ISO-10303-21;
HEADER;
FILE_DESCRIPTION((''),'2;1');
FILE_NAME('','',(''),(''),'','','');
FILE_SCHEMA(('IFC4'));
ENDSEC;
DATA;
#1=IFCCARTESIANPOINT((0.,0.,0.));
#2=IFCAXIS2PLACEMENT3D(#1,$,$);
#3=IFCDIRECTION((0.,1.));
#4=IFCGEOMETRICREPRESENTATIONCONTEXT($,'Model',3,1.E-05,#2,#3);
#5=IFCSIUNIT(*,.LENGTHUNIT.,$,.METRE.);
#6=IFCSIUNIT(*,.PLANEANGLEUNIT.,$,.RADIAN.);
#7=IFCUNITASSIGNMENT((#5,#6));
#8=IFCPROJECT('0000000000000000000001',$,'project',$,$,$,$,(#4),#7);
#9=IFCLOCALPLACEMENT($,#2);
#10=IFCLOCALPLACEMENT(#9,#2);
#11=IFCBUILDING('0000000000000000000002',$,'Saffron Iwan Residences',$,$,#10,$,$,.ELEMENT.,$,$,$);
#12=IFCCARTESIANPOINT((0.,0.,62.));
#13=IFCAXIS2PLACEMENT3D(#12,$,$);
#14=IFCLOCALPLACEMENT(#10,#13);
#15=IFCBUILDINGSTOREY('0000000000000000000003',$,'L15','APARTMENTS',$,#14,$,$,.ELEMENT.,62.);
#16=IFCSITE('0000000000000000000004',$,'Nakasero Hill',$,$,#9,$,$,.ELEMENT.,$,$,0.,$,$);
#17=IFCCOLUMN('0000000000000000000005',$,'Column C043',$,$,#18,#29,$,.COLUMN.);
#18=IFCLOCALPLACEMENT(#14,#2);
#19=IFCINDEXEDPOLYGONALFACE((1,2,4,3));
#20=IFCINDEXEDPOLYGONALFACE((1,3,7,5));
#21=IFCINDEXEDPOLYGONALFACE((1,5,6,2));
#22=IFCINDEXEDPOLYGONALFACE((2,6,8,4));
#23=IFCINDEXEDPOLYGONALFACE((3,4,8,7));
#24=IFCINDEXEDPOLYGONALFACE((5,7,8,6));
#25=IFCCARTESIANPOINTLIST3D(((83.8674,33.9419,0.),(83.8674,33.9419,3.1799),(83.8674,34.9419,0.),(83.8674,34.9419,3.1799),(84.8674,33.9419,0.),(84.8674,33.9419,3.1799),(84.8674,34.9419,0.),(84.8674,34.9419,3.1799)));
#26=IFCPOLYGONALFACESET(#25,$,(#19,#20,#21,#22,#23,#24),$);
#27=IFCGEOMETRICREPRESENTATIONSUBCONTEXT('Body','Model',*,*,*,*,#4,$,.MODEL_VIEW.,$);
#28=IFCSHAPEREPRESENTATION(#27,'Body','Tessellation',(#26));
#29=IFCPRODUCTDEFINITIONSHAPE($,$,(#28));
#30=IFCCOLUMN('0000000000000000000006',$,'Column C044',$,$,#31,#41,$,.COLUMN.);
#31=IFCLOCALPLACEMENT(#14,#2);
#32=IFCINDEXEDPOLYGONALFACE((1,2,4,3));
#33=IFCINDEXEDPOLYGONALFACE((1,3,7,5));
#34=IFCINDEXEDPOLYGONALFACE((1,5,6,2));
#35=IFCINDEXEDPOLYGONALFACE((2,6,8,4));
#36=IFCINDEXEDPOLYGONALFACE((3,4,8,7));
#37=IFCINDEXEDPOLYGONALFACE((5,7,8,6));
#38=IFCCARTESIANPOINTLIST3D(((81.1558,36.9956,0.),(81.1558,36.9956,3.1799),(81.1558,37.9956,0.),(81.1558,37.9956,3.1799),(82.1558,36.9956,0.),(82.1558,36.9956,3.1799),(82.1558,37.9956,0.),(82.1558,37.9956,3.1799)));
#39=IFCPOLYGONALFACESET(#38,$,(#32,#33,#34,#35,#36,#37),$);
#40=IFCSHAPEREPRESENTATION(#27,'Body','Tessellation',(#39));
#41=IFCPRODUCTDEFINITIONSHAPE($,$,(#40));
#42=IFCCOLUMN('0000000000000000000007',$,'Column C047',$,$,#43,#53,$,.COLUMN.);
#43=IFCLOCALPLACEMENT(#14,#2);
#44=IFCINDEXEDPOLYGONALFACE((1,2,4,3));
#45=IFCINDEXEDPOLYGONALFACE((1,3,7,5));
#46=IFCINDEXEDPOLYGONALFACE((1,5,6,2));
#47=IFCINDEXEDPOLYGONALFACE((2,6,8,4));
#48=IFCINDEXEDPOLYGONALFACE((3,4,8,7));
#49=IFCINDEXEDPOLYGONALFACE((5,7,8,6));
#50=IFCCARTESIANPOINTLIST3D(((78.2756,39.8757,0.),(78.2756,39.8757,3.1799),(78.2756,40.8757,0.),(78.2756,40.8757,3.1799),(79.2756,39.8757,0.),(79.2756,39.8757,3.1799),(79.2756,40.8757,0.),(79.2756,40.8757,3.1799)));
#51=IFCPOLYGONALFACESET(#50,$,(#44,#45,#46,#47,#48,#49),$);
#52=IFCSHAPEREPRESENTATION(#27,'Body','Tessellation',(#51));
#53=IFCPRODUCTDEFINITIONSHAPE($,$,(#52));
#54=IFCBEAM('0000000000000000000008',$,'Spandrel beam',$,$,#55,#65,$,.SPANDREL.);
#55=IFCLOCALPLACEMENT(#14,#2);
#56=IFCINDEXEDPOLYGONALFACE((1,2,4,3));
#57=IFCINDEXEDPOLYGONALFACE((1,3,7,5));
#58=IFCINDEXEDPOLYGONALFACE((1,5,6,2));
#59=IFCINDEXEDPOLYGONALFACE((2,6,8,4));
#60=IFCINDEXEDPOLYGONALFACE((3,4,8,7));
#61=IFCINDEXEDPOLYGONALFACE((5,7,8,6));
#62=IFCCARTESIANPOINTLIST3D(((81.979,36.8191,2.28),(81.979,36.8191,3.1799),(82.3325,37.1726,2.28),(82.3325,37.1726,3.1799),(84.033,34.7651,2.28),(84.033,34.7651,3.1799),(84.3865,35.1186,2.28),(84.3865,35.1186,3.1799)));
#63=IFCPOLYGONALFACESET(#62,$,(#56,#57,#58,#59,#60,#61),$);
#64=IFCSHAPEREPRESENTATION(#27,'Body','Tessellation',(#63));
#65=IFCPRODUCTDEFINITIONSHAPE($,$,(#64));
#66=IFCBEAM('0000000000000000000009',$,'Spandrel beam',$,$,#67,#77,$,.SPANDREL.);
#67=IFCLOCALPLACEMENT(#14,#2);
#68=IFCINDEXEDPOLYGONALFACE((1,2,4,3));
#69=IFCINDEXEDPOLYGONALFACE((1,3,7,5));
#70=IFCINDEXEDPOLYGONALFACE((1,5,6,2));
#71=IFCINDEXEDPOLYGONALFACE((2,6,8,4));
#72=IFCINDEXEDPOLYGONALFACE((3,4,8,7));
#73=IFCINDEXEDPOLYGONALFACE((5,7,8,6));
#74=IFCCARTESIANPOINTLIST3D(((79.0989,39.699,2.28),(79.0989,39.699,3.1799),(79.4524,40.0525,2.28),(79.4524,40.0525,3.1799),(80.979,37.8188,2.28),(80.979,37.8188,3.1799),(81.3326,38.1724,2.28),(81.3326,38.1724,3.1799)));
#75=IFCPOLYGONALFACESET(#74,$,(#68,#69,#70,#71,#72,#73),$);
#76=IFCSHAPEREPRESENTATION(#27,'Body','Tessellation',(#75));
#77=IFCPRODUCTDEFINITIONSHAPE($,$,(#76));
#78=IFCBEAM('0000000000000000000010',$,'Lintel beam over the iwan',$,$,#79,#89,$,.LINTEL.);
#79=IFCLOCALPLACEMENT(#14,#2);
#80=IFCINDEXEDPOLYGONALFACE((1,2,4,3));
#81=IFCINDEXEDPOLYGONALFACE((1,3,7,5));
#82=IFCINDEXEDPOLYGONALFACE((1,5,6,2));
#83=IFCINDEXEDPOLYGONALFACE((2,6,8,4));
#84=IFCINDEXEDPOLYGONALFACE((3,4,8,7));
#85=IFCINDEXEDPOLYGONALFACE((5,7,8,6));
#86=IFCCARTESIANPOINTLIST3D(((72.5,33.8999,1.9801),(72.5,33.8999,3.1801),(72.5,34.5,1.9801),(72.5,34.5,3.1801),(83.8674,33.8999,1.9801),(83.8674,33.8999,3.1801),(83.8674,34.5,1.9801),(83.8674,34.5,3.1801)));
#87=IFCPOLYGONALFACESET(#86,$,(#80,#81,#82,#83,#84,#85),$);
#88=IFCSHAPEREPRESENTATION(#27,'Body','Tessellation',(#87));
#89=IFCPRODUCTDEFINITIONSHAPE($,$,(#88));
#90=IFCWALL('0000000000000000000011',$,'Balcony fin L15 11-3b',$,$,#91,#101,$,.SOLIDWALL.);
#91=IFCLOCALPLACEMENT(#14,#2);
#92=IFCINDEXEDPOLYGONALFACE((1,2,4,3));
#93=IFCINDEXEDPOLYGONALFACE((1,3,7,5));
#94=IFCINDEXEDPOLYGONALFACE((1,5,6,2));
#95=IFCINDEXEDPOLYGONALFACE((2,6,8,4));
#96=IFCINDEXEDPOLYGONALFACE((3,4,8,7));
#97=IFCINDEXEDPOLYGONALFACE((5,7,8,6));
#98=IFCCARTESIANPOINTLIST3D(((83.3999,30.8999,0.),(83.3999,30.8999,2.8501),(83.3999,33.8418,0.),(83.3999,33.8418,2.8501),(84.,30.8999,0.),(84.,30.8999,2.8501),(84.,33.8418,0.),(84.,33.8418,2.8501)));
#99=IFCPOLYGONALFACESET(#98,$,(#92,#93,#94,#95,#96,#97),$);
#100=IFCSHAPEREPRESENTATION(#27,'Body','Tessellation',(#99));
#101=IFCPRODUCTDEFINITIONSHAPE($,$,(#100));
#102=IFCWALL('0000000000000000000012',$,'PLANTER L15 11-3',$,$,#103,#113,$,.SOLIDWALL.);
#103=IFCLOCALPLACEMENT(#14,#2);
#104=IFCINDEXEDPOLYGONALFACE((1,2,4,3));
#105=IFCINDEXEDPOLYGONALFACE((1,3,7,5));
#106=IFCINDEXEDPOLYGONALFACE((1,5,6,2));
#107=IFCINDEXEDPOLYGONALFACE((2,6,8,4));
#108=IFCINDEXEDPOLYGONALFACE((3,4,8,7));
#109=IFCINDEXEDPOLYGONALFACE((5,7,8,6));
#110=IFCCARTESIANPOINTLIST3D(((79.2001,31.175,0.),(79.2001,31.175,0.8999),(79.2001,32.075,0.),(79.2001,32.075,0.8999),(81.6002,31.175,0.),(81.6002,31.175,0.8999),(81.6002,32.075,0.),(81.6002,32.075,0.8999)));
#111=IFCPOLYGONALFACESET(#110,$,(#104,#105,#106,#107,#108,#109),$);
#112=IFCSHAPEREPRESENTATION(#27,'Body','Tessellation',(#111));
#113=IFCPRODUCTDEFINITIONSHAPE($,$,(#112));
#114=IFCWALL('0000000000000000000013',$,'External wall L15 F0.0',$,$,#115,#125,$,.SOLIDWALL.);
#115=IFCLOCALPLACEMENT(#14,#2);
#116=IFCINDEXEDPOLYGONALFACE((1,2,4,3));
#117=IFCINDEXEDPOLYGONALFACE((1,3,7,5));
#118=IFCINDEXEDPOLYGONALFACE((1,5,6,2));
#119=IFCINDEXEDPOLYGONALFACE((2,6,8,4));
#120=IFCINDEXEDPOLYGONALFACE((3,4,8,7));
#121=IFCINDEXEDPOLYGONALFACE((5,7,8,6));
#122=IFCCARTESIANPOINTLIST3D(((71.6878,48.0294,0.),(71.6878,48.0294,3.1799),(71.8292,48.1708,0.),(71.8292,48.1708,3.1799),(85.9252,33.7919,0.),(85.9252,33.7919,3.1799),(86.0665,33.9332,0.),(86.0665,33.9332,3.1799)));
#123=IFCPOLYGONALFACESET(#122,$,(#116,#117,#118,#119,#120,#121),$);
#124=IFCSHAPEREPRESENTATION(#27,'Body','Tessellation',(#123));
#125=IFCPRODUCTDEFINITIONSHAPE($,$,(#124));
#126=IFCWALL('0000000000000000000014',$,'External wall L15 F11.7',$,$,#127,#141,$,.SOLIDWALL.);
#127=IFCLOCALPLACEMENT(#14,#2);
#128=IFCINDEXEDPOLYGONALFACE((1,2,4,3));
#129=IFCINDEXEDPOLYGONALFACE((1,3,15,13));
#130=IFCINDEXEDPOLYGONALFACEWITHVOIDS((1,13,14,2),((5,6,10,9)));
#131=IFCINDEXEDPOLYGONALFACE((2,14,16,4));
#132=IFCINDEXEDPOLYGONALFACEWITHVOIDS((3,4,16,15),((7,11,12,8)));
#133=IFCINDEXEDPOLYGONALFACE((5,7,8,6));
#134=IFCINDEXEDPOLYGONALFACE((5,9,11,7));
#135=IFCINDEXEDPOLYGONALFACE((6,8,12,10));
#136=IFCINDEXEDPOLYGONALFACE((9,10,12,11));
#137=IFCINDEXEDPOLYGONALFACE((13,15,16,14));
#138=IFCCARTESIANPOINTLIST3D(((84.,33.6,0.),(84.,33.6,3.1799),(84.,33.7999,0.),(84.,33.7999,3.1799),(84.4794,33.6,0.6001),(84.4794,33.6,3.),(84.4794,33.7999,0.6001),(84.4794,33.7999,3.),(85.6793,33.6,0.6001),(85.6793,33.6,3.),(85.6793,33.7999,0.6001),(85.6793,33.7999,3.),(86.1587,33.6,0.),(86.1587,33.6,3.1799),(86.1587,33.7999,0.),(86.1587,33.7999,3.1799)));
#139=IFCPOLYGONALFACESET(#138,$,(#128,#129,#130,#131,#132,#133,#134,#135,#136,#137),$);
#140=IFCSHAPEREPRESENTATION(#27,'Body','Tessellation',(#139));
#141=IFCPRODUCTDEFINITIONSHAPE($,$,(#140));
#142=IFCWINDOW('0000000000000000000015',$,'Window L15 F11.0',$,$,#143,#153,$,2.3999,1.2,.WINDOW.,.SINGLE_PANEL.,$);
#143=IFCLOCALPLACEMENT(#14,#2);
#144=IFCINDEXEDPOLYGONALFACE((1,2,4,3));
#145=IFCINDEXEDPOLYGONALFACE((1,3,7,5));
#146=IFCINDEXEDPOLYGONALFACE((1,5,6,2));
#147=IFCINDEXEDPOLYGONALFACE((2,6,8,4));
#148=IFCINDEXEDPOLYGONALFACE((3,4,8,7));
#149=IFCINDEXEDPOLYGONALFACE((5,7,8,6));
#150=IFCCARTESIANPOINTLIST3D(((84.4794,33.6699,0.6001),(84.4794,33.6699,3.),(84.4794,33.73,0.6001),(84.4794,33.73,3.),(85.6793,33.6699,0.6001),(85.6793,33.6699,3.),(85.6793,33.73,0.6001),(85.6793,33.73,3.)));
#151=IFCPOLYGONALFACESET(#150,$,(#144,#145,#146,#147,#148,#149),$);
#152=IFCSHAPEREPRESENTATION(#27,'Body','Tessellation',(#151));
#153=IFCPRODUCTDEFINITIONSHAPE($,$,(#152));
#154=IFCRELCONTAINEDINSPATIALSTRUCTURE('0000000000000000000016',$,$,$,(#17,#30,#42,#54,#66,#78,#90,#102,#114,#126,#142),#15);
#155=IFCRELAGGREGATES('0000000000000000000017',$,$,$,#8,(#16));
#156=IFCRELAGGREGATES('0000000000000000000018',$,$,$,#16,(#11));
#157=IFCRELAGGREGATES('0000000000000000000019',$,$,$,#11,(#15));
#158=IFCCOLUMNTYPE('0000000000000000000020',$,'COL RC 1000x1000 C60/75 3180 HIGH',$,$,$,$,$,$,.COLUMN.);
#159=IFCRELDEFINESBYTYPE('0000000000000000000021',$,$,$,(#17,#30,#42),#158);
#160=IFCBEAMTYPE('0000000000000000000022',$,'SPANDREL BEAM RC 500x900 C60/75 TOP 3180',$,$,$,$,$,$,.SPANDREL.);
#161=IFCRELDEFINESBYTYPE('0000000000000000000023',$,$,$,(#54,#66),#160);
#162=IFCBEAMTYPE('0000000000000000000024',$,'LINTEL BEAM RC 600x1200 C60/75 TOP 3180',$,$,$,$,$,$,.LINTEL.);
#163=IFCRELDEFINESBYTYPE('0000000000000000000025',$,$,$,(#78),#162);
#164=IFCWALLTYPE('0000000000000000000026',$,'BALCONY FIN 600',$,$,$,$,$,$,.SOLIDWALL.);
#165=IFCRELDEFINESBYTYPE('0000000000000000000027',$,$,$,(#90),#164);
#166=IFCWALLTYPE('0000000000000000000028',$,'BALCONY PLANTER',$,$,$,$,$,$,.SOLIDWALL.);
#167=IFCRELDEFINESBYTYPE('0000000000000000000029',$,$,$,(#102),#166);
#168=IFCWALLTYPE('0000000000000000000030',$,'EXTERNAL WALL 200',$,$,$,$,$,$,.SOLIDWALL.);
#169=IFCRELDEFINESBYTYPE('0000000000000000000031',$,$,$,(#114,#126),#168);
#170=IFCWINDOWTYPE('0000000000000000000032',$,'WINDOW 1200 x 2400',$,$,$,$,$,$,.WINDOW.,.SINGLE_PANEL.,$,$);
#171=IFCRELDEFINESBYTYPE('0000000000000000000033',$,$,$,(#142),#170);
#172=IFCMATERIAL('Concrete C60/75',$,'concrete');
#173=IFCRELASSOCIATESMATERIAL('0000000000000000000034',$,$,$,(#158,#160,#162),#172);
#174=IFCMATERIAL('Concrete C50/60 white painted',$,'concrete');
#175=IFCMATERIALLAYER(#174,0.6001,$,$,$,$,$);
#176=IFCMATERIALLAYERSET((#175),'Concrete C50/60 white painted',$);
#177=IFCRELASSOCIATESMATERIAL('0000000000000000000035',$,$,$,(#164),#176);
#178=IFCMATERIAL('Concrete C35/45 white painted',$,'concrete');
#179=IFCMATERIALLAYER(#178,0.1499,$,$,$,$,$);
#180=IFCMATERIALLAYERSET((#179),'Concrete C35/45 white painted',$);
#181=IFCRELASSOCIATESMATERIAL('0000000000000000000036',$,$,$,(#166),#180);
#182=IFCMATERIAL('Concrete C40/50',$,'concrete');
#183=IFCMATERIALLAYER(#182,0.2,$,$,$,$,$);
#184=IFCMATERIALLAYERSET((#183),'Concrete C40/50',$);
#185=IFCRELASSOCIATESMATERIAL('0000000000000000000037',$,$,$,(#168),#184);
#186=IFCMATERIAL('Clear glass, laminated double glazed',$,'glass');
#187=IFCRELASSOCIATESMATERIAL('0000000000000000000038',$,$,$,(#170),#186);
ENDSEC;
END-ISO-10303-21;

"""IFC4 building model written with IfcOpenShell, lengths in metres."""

from ifc_helpers import new_model, si_unit, direction, frame, frame_2d, origin, origin_2d, place, context, subcontext, project, spatial, rectangle, extrude, source, transform, mapped, material, layer, layer_set, material_profile, profile_set, type_object, element, fill, save


model = new_model("IFC4")

# Units and contexts
model_context = context("Model", 3, precision=1e-05, world=origin(), true_north=direction((0.0, 1.0)))
body_context = subcontext(model_context, "Body", "Model", "MODEL_VIEW")
ifc_project = project(units=[si_unit("LENGTHUNIT", "METRE"), si_unit("PLANEANGLEUNIT", "RADIAN")], contexts=[model_context])

# Site, building, storey
site_placement = place(None, origin())
site = spatial("IfcSite", under=ifc_project, at=site_placement, Name="Nakasero Hill", CompositionType="ELEMENT", RefElevation=0.0)
building_placement = place(site_placement, origin())
building = spatial("IfcBuilding", under=site, at=building_placement, Name="Saffron Iwan Residences", CompositionType="ELEMENT")
storey_placement = place(building_placement, frame((0.0, 0.0, 62.0)))
storey = spatial("IfcBuildingStorey", under=building, at=storey_placement, Name="L15", Description="APARTMENTS", CompositionType="ELEMENT", Elevation=62.0)

# Columns
ifc_material_1 = material(Name="Concrete C60/75", Category="concrete")
ifc_material_profile_1 = material_profile(ifc_material_1, rectangle(XDim=1.0, YDim=1.0, at=origin_2d()), Name="RC 1000x1000")
ifc_profile_set_1 = profile_set([ifc_material_profile_1], Name="Concrete C60/75")
column_type = type_object("IfcColumnType", Name="COL RC 1000x1000 C60/75 3180 HIGH", PredefinedType="COLUMN", material=ifc_profile_set_1)
shared_shape_1 = source(origin(), body_context, "Body", "SweptSolid", [
    extrude(rectangle(XDim=1.0, YDim=1.0, at=origin_2d()), origin(), (0.0, 0.0, 1.0), 3.1799),
])
for number, where, z_axis, x_axis, name in (
    (1, (84.3674, 34.4419, 0.0), (0.0, 0.0, 1.0), (1.0, 0.0, 0.0), "Column C043"),
    (2, (81.6558, 37.4956, 0.0), (0.0, 0.0, 1.0), (1.0, 0.0, 0.0), "Column C044"),
    (3, (78.7756, 40.3757, 0.0), (0.0, 0.0, 1.0), (1.0, 0.0, 0.0), "Column C047"),
):
    element("IfcColumn", number, at=place(storey_placement, frame(where, z_axis=z_axis, x_axis=x_axis)), inside=storey, type_object=column_type, Name=name, PredefinedType="COLUMN", context=body_context, shape_type="MappedRepresentation", body=[
        mapped(shared_shape_1, transform((0.0, 0.0, 0.0))),
    ])

# Beams
ifc_material_profile_2 = material_profile(ifc_material_1, rectangle(XDim=0.5, YDim=0.8999, at=origin_2d()), Name="RC 500x900")
ifc_profile_set_2 = profile_set([ifc_material_profile_2], Name="Concrete C60/75")
beam_type_1 = type_object("IfcBeamType", Name="SPANDREL BEAM RC 500x900 C60/75 TOP 3180", PredefinedType="SPANDREL", material=ifc_profile_set_2)
shared_shape_2 = source(origin(), body_context, "Body", "SweptSolid", [
    extrude(rectangle(XDim=0.5, YDim=0.8999, at=origin_2d()), origin(), (0.0, 0.0, 1.0), 2.9048),
])
beam_1_placement = place(storey_placement, frame((82.1558, 36.9958, 2.73), z_axis=(0.707107, -0.707107, 0.0), x_axis=(0.707107, 0.707107, 0.0)))
element("IfcBeam", 4, at=beam_1_placement, inside=storey, type_object=beam_type_1, Name="Spandrel beam", PredefinedType="SPANDREL", context=body_context, shape_type="MappedRepresentation", body=[
    mapped(shared_shape_2, transform((0.0, 0.0, 0.0))),
])
shared_shape_3 = source(origin(), body_context, "Body", "SweptSolid", [
    extrude(rectangle(XDim=0.5, YDim=0.8999, at=origin_2d()), origin(), (0.0, 0.0, 1.0), 2.6589),
])
beam_2_placement = place(storey_placement, frame((79.2756, 39.8757, 2.73), z_axis=(0.707107, -0.707107, 0.0), x_axis=(0.707107, 0.707107, 0.0)))
element("IfcBeam", 5, at=beam_2_placement, inside=storey, type_object=beam_type_1, Name="Spandrel beam", PredefinedType="SPANDREL", context=body_context, shape_type="MappedRepresentation", body=[
    mapped(shared_shape_3, transform((0.0, 0.0, 0.0))),
])
ifc_material_profile_3 = material_profile(ifc_material_1, rectangle(XDim=0.6001, YDim=1.2, at=origin_2d()), Name="RC 600x1200")
ifc_profile_set_3 = profile_set([ifc_material_profile_3], Name="Concrete C60/75")
beam_type_2 = type_object("IfcBeamType", Name="LINTEL BEAM RC 600x1200 C60/75 TOP 3180", PredefinedType="LINTEL", material=ifc_profile_set_3)
shared_shape_4 = source(origin(), body_context, "Body", "SweptSolid", [
    extrude(rectangle(XDim=0.6001, YDim=1.2, at=origin_2d()), origin(), (0.0, 0.0, 1.0), 11.3674),
])
beam_3_placement = place(storey_placement, frame((83.8674, 34.2, 2.5801), z_axis=(-1.0, 0.0, 0.0), x_axis=(0.0, -1.0, 0.0)))
element("IfcBeam", 6, at=beam_3_placement, inside=storey, type_object=beam_type_2, Name="Lintel beam over the iwan", PredefinedType="LINTEL", context=body_context, shape_type="MappedRepresentation", body=[
    mapped(shared_shape_4, transform((0.0, 0.0, 0.0))),
])

# Walls
ifc_material_2 = material(Name="Concrete C50/60 white painted", Category="concrete")
ifc_layer_1 = layer(ifc_material_2, 0.6001)
ifc_layer_set_1 = layer_set([ifc_layer_1], Name="Concrete C50/60 white painted")
wall_type_1 = type_object("IfcWallType", Name="BALCONY FIN 600", PredefinedType="SOLIDWALL", material=ifc_layer_set_1)
wall_1_placement = place(storey_placement, frame((83.7, 33.8418, 0.0), z_axis=(0.0, 0.0, 1.0), x_axis=(0.0, -1.0, 0.0)))
element("IfcWall", 7, at=wall_1_placement, inside=storey, type_object=wall_type_1, Name="Balcony fin L15 11-3b", PredefinedType="SOLIDWALL", context=body_context, shape_type="SweptSolid", body=[
    extrude(rectangle(XDim=2.9419, YDim=0.6001, at=frame_2d((1.4709, 0.0))), origin(), (0.0, 0.0, 1.0), 2.8501),
])
ifc_material_3 = material(Name="Concrete C35/45 white painted", Category="concrete")
ifc_layer_2 = layer(ifc_material_3, 0.1499)
ifc_layer_set_2 = layer_set([ifc_layer_2], Name="Concrete C35/45 white painted")
wall_type_2 = type_object("IfcWallType", Name="BALCONY PLANTER", PredefinedType="SOLIDWALL", material=ifc_layer_set_2)
wall_2_placement = place(storey_placement, frame((79.2, 31.625, 0.0), z_axis=(0.0, 0.0, 1.0), x_axis=(1.0, 0.0, 0.0)))
element("IfcWall", 8, at=wall_2_placement, inside=storey, type_object=wall_type_2, Name="PLANTER L15 11-3", PredefinedType="SOLIDWALL", context=body_context, shape_type="SweptSolid", body=[
    extrude(rectangle(XDim=2.4001, YDim=0.8999, at=frame_2d((1.2002, 0.0))), origin(), (0.0, 0.0, 1.0), 0.8999),
])
ifc_material_4 = material(Name="Concrete C40/50", Category="concrete")
ifc_layer_3 = layer(ifc_material_4, 0.2)
ifc_layer_set_3 = layer_set([ifc_layer_3], Name="Concrete C40/50")
wall_type_3 = type_object("IfcWallType", Name="EXTERNAL WALL 200", PredefinedType="SOLIDWALL", material=ifc_layer_set_3)
wall_3_placement = place(storey_placement, frame((85.9958, 33.8625, 0.0), z_axis=(0.0, 0.0, 1.0), x_axis=(-0.707101, 0.707113, 0.0)))
element("IfcWall", 9, at=wall_3_placement, inside=storey, type_object=wall_type_3, Name="External wall L15 F0.0", PredefinedType="SOLIDWALL", context=body_context, shape_type="SweptSolid", body=[
    extrude(rectangle(XDim=20.1348, YDim=0.2, at=frame_2d((10.0674, 0.0))), origin(), (0.0, 0.0, 1.0), 3.1799),
])

# Wall, opening, window
wall_4_placement = place(storey_placement, frame((84.0, 33.7, 0.0), z_axis=(0.0, 0.0, 1.0), x_axis=(1.0, 0.0, 0.0)))
wall_4 = element("IfcWall", 10, at=wall_4_placement, inside=storey, type_object=wall_type_3, Name="External wall L15 F11.7", PredefinedType="SOLIDWALL", context=body_context, shape_type="SweptSolid", body=[
    extrude(rectangle(XDim=2.1587, YDim=0.2, at=frame_2d((1.0793, 0.0))), origin(), (0.0, 0.0, 1.0), 3.1799),
])
opening_1_placement = place(wall_4_placement, frame((0.4792, 0.0, 0.6001)))
opening_1 = element("IfcOpeningElement", 11, at=opening_1_placement, cuts=wall_4, PredefinedType="OPENING", context=body_context, shape_type="SweptSolid", body=[
    extrude(rectangle(XDim=1.2, YDim=2.3999, at=frame_2d((0.6001, 1.2))), frame((0.0, 0.1099, 0.0), z_axis=(0.0, -1.0, 0.0), x_axis=(1.0, 0.0, 0.0)), (0.0, 0.0, 1.0), 0.22),
])
ifc_material_5 = material(Name="Clear glass, laminated double glazed", Category="glass")
window_type = type_object("IfcWindowType", Name="WINDOW 1200 x 2400", PartitioningType="SINGLE_PANEL", PredefinedType="WINDOW", material=ifc_material_5)
window_placement = place(opening_1_placement, origin())
window = element("IfcWindow", 12, at=window_placement, inside=storey, type_object=window_type, Name="Window L15 F11.0", OverallHeight=2.3999, OverallWidth=1.2, PartitioningType="SINGLE_PANEL", PredefinedType="WINDOW", context=body_context, shape_type="SweptSolid", body=[
    extrude(rectangle(XDim=1.2, YDim=2.3999, at=frame_2d((0.6001, 1.2))), frame((0.0, 0.03, 0.0), z_axis=(0.0, -1.0, 0.0), x_axis=(1.0, 0.0, 0.0)), (0.0, 0.0, 1.0), 0.0601),
])
fill(opening_1, window)

save(model, "model.ifc")
